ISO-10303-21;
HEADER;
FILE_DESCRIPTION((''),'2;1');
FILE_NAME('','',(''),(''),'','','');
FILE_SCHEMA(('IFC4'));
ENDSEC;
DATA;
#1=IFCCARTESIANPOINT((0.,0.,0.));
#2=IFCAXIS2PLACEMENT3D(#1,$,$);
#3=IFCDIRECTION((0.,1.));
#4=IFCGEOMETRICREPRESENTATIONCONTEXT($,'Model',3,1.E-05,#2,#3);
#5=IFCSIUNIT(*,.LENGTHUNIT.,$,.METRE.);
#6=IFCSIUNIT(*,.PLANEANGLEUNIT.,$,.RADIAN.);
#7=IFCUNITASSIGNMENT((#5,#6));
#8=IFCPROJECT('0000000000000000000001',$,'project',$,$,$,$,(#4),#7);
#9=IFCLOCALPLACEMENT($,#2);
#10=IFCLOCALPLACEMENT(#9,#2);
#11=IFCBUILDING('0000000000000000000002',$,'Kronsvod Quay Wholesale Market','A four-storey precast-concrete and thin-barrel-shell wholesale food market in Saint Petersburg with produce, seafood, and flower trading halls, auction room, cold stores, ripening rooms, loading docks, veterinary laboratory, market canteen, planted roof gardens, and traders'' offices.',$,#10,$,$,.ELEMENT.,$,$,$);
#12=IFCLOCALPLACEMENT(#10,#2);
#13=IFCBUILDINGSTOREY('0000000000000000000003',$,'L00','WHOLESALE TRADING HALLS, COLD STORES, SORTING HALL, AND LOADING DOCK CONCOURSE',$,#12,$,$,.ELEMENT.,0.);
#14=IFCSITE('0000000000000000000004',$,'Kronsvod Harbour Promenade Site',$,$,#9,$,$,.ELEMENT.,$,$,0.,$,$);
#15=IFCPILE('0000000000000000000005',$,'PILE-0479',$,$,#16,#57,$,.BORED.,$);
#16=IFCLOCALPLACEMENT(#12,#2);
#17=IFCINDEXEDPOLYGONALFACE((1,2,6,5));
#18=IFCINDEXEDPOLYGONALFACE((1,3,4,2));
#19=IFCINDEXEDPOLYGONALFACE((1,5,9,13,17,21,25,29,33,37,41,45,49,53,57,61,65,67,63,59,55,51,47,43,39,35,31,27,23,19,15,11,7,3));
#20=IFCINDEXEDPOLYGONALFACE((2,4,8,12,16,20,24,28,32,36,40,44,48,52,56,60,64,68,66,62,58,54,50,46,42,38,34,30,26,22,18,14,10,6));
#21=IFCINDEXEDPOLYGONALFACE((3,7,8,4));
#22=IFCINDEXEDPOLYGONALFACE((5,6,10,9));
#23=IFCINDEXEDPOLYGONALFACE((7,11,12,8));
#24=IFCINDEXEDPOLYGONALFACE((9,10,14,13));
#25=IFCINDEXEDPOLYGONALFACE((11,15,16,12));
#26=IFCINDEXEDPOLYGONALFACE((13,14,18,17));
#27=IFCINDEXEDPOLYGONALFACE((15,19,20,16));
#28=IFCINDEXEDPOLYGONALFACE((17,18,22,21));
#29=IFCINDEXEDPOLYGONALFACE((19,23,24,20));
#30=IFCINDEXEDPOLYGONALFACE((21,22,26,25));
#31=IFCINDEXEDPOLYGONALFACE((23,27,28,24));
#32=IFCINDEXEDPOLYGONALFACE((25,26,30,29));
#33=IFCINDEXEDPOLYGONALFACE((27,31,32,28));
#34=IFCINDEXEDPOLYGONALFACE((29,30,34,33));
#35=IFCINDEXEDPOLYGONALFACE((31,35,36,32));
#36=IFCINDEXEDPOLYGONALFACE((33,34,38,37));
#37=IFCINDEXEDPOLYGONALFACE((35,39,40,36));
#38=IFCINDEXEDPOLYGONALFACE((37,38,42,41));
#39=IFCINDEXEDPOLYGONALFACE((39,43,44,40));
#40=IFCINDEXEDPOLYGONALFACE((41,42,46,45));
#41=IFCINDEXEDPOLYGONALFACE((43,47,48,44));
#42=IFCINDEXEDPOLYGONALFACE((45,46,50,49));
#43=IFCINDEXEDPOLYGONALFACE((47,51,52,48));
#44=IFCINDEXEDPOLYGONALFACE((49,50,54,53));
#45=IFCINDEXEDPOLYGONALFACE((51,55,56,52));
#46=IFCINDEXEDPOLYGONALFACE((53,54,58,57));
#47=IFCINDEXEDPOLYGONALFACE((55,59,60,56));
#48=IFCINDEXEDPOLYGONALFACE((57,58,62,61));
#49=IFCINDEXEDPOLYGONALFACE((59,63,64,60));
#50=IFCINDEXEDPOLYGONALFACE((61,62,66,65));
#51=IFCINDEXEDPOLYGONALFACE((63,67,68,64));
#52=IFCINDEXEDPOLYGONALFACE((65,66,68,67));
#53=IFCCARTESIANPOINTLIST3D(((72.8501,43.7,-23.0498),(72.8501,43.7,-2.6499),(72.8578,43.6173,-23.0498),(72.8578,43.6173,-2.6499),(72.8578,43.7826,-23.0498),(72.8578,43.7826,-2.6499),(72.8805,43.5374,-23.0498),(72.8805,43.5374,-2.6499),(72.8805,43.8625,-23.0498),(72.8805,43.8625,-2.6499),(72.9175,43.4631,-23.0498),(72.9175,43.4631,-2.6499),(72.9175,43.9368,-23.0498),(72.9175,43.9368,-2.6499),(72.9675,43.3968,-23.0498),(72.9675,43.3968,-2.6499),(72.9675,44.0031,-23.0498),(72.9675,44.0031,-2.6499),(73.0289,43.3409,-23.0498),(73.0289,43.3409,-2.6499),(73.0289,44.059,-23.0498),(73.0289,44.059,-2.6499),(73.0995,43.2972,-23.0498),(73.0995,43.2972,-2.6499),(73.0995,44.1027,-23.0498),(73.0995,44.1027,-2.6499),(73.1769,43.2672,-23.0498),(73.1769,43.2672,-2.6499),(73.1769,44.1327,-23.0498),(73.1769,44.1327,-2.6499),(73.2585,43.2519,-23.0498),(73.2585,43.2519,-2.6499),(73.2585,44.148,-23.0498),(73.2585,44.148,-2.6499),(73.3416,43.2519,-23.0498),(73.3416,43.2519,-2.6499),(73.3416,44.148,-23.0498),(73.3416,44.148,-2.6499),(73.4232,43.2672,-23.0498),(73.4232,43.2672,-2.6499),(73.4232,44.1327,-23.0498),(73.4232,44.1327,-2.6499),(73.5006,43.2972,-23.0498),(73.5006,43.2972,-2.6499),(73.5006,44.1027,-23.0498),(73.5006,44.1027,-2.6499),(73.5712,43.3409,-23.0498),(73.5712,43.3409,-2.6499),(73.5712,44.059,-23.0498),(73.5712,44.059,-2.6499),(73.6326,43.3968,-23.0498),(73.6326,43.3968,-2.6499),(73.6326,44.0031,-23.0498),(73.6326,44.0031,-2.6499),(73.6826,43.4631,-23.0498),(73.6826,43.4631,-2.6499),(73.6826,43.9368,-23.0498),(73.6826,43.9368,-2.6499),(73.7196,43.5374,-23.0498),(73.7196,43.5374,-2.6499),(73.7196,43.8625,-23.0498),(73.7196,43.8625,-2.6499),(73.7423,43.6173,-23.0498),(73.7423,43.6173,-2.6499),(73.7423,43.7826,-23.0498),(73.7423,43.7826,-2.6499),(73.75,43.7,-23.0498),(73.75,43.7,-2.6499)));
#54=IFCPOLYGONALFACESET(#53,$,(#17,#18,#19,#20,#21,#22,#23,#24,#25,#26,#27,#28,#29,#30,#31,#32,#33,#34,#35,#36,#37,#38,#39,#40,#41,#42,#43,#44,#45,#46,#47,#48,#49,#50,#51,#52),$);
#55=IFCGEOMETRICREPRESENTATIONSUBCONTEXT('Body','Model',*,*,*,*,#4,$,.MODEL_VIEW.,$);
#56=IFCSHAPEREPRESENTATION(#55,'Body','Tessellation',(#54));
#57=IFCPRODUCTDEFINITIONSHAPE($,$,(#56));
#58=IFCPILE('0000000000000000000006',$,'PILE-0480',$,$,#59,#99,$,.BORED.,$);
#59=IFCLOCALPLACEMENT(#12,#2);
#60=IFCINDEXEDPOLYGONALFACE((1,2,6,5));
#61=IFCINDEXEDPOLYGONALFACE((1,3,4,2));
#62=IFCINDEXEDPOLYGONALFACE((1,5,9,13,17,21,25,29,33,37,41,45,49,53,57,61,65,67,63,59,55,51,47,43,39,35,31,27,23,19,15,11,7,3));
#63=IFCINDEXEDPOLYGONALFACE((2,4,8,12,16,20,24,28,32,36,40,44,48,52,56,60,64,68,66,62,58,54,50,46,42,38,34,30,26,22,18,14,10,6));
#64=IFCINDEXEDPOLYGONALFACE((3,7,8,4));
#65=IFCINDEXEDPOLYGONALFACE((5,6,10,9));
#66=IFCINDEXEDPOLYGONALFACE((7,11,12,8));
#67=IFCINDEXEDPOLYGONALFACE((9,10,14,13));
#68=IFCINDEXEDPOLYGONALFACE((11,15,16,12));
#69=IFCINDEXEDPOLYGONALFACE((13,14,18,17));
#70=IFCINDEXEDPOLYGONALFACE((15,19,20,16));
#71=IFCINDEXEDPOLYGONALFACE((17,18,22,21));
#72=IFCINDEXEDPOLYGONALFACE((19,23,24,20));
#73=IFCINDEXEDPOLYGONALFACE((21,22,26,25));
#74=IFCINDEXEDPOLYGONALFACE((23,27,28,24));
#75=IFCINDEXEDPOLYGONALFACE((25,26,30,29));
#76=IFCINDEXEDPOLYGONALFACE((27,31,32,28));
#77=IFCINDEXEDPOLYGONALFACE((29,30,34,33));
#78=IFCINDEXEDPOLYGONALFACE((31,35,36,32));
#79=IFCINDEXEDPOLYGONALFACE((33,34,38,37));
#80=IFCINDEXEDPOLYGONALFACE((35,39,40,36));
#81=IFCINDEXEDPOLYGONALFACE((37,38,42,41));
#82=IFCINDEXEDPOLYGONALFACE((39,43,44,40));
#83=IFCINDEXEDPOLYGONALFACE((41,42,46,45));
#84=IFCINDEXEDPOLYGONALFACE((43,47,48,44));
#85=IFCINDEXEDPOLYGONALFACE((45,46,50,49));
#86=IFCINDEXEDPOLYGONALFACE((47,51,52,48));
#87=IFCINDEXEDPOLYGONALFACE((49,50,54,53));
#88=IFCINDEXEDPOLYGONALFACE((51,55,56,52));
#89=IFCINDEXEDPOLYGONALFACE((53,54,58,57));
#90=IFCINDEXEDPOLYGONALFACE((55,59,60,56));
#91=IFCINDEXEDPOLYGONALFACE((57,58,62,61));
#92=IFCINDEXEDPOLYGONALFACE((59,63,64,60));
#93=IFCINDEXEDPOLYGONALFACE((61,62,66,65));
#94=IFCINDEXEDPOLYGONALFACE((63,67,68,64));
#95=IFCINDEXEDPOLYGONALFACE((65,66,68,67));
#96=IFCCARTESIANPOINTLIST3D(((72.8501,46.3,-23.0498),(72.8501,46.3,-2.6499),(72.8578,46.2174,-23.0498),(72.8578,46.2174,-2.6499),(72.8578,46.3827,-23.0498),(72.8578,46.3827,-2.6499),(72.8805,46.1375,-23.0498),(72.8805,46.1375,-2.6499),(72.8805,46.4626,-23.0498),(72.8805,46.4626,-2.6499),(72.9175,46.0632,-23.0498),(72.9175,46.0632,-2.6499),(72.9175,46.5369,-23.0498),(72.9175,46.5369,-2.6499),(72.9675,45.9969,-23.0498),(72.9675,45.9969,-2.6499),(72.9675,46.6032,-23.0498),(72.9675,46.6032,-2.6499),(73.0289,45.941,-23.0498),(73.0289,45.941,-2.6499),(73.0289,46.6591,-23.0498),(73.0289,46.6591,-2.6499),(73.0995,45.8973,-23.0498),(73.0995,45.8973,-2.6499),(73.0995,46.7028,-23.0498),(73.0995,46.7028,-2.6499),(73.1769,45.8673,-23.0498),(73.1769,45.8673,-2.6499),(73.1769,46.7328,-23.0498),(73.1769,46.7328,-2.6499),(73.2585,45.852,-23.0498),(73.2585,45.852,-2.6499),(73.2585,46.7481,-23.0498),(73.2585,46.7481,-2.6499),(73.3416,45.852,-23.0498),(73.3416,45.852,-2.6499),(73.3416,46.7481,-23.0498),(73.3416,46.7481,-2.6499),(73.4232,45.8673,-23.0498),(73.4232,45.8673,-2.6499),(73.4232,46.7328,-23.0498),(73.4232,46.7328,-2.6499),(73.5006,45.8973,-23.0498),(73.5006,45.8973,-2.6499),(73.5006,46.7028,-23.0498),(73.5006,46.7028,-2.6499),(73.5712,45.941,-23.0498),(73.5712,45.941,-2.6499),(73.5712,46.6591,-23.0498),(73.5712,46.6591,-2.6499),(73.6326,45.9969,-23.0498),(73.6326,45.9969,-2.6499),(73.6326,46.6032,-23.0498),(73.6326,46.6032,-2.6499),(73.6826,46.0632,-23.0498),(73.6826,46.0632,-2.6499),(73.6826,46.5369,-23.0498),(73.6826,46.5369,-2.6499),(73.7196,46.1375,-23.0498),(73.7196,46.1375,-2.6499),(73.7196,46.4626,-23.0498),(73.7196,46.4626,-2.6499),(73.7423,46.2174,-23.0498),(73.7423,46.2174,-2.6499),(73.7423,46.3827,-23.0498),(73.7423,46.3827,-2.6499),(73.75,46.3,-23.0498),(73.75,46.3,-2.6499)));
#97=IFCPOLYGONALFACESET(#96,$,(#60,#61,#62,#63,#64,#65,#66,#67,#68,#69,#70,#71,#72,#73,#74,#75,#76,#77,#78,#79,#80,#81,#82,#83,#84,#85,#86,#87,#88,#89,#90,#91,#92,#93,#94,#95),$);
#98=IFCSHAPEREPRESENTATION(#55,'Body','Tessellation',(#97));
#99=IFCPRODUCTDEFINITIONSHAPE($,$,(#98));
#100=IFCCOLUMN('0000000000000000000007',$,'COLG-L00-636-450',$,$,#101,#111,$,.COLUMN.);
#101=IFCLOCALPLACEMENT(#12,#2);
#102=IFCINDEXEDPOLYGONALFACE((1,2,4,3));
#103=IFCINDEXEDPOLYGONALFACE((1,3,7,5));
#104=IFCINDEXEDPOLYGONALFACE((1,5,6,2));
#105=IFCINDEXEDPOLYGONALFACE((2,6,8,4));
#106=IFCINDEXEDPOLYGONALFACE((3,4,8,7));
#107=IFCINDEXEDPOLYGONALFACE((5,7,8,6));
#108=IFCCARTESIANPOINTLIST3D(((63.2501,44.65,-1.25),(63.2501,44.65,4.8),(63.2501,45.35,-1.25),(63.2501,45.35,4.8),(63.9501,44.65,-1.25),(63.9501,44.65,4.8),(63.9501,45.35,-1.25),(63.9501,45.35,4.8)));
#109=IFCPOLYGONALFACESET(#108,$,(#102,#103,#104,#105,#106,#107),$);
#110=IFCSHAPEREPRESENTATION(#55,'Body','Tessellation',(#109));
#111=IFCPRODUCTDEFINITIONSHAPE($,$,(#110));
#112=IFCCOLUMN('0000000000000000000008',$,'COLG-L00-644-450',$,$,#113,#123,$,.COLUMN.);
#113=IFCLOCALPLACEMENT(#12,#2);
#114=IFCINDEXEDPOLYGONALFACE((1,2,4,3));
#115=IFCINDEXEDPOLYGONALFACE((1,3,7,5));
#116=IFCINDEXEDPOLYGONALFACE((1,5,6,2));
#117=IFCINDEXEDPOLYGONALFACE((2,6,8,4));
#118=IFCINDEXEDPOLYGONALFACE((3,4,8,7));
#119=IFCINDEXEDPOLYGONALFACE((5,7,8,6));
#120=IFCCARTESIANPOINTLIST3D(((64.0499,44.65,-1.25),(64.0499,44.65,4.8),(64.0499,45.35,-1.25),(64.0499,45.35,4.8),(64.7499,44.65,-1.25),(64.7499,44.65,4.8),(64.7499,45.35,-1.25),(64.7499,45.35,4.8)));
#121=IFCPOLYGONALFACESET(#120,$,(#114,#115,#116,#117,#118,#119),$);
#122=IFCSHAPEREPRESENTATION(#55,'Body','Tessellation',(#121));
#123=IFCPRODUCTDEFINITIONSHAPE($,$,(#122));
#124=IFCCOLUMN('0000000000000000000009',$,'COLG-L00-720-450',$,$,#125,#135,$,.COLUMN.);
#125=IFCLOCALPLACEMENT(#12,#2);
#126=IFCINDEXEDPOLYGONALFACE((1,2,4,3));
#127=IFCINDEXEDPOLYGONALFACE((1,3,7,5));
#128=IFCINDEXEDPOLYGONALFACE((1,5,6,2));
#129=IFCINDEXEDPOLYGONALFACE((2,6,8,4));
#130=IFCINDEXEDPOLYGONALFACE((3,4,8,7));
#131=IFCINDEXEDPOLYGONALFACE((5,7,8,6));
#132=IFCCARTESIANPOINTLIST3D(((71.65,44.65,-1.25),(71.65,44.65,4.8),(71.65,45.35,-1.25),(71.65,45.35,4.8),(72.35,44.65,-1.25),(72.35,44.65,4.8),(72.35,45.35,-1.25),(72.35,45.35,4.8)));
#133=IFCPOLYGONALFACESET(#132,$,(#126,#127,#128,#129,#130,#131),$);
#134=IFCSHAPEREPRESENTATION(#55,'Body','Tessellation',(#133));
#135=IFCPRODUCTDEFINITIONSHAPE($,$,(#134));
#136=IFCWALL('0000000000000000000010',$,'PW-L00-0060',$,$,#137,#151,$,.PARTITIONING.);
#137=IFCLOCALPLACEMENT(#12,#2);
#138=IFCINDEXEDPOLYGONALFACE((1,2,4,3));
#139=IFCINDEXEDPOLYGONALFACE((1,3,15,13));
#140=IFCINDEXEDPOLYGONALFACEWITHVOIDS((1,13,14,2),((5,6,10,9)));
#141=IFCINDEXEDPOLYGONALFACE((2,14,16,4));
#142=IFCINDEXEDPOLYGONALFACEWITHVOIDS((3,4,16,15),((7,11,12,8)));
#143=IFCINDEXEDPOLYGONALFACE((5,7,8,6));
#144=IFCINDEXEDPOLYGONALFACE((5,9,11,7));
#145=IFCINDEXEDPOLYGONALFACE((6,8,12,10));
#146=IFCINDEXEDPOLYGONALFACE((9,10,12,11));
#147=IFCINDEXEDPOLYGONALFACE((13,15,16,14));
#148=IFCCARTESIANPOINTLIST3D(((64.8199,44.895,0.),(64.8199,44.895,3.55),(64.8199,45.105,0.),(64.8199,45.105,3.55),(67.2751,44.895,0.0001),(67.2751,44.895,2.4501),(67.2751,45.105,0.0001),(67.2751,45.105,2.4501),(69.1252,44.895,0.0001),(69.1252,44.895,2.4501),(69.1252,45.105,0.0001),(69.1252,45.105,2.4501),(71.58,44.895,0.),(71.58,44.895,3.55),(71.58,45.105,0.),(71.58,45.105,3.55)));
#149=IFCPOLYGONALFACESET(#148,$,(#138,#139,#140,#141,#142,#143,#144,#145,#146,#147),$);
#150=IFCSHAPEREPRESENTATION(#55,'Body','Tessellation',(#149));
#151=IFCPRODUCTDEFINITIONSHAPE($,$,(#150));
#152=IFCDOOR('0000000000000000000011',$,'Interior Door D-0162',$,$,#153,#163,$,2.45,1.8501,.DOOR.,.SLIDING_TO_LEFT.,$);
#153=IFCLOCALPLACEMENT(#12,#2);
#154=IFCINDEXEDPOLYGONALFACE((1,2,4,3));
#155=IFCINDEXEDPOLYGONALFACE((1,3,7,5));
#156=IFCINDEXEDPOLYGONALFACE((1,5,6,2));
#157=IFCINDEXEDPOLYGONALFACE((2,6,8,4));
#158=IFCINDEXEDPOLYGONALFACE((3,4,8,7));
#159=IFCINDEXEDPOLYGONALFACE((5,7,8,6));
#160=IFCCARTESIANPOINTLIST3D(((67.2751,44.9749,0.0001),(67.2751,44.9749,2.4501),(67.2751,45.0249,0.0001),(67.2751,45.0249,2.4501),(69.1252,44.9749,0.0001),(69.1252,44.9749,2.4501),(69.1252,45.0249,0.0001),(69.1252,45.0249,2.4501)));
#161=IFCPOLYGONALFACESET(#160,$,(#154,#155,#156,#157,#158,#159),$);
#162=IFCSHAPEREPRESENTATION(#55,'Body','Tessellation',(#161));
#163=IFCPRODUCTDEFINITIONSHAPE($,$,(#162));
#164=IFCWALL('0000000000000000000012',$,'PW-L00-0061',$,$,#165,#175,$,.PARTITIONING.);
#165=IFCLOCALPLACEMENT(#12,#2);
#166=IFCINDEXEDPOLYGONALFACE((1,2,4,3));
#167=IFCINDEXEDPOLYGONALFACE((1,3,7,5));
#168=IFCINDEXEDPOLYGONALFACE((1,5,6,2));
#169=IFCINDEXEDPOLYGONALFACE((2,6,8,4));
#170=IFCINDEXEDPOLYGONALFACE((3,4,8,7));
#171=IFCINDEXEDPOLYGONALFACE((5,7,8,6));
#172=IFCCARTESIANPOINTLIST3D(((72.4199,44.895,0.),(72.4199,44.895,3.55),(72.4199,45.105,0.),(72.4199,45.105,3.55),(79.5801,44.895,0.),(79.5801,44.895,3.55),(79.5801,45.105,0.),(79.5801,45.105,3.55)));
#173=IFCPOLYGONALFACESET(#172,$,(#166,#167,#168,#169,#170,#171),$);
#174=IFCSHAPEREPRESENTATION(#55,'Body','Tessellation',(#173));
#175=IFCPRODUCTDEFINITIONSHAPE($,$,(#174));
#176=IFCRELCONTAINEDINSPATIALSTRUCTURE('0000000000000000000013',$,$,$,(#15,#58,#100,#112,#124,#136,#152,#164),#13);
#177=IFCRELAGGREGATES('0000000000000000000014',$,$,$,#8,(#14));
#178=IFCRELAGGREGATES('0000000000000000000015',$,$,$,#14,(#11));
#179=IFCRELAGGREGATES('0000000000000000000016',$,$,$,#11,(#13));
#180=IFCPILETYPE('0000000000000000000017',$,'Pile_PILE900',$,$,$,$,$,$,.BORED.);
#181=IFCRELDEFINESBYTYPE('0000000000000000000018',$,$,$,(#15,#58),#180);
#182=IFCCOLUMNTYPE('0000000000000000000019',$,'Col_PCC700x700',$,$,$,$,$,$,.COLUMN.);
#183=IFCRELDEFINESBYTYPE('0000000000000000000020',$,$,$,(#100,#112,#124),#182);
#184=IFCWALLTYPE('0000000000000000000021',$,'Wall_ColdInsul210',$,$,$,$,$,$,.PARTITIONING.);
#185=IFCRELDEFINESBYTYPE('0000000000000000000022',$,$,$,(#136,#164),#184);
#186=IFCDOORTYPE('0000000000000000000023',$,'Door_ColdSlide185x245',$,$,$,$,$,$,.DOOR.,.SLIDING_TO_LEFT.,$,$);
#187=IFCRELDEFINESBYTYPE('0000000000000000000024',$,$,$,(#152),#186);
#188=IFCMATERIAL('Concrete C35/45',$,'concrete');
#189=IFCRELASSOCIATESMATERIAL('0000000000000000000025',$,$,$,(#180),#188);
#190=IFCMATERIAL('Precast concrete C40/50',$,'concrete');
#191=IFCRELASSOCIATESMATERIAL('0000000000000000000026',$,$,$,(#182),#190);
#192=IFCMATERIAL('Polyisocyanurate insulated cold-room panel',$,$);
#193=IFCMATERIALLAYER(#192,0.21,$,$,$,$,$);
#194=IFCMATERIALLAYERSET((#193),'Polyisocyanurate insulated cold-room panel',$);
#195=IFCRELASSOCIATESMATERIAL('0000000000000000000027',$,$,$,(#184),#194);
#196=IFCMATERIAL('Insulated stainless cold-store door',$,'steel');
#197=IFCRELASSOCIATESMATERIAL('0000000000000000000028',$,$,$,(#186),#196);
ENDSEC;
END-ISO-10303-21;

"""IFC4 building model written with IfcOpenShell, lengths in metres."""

from ifc_helpers import new_model, si_unit, direction, frame, frame_2d, origin, origin_2d, place, context, subcontext, project, spatial, rectangle, circle, extrude, material, layer, layer_set, material_profile, profile_set, type_object, element, fill, save


model = new_model("IFC4")

# Units and contexts
model_context = context("Model", 3, precision=1e-05, world=origin(), true_north=direction((0.0, 1.0)))
body_context = subcontext(model_context, "Body", "Model", "MODEL_VIEW")
ifc_project = project(units=[si_unit("LENGTHUNIT", "METRE"), si_unit("PLANEANGLEUNIT", "RADIAN")], contexts=[model_context])

# Site, building, storey
site_placement = place(None, origin())
site = spatial("IfcSite", under=ifc_project, at=site_placement, Name="Kronsvod Harbour Promenade Site", CompositionType="ELEMENT", RefElevation=0.0)
building_placement = place(site_placement, origin())
building = spatial("IfcBuilding", under=site, at=building_placement, Name="Kronsvod Quay Wholesale Market", Description="A four-storey precast-concrete and thin-barrel-shell wholesale food market in Saint Petersburg with produce, seafood, and flower trading halls, auction room, cold stores, ripening rooms, loading docks, veterinary laboratory, market canteen, planted roof gardens, and traders' offices.", CompositionType="ELEMENT")
storey_placement = place(building_placement, origin())
storey = spatial("IfcBuildingStorey", under=building, at=storey_placement, Name="L00", Description="WHOLESALE TRADING HALLS, COLD STORES, SORTING HALL, AND LOADING DOCK CONCOURSE", CompositionType="ELEMENT", Elevation=0.0)

# Piles
ifc_material_1 = material(Name="Concrete C35/45", Category="concrete")
ifc_material_profile_1 = material_profile(ifc_material_1, circle(Radius=0.45, at=origin_2d()), Name="PILE900")
ifc_profile_set_1 = profile_set([ifc_material_profile_1], Name="Concrete C35/45")
pile_type = type_object("IfcPileType", Name="Pile_PILE900", PredefinedType="BORED", material=ifc_profile_set_1)
for number, where, z_axis, x_axis, name in (
    (1, (73.3, 43.7, -2.6499), (0.0, 0.0, -1.0), (1.0, 0.0, 0.0), "PILE-0479"),
    (2, (73.3, 46.3, -2.6499), (0.0, 0.0, -1.0), (1.0, 0.0, 0.0), "PILE-0480"),
):
    element("IfcPile", number, at=place(storey_placement, frame(where, z_axis=z_axis, x_axis=x_axis)), inside=storey, type_object=pile_type, Name=name, PredefinedType="BORED", context=body_context, shape_type="SweptSolid", body=[
        extrude(circle(Radius=0.45, at=origin_2d()), origin(), (0.0, 0.0, 1.0), 20.3999),
    ])

# Columns
ifc_material_2 = material(Name="Precast concrete C40/50", Category="concrete")
ifc_material_profile_2 = material_profile(ifc_material_2, rectangle(XDim=0.7, YDim=0.7, at=origin_2d()), Name="PCC700x700")
ifc_profile_set_2 = profile_set([ifc_material_profile_2], Name="Precast concrete C40/50")
column_type = type_object("IfcColumnType", Name="Col_PCC700x700", PredefinedType="COLUMN", material=ifc_profile_set_2)
for number, where, z_axis, x_axis, name in (
    (3, (63.6001, 45.0, -1.25), (0.0, 0.0, 1.0), (1.0, 0.0, 0.0), "COLG-L00-636-450"),
    (4, (64.3999, 45.0, -1.25), (0.0, 0.0, 1.0), (1.0, 0.0, 0.0), "COLG-L00-644-450"),
    (5, (72.0, 45.0, -1.25), (0.0, 0.0, 1.0), (1.0, 0.0, 0.0), "COLG-L00-720-450"),
):
    element("IfcColumn", number, at=place(storey_placement, frame(where, z_axis=z_axis, x_axis=x_axis)), inside=storey, type_object=column_type, Name=name, PredefinedType="COLUMN", context=body_context, shape_type="SweptSolid", body=[
        extrude(rectangle(XDim=0.7, YDim=0.7, at=origin_2d()), origin(), (0.0, 0.0, 1.0), 6.05),
    ])

# Wall, opening, door
ifc_material_3 = material(Name="Polyisocyanurate insulated cold-room panel")
ifc_layer_1 = layer(ifc_material_3, 0.21)
ifc_layer_set_1 = layer_set([ifc_layer_1], Name="Polyisocyanurate insulated cold-room panel")
wall_type_1 = type_object("IfcWallType", Name="Wall_ColdInsul210", PredefinedType="PARTITIONING", material=ifc_layer_set_1)
wall_1_placement = place(storey_placement, frame((64.8201, 45.0, 0.0), z_axis=(0.0, 0.0, 1.0), x_axis=(1.0, 0.0, 0.0)))
wall_1 = element("IfcWall", 6, at=wall_1_placement, inside=storey, type_object=wall_type_1, Name="PW-L00-0060", PredefinedType="PARTITIONING", context=body_context, shape_type="SweptSolid", body=[
    extrude(rectangle(XDim=6.76, YDim=0.21, at=frame_2d((3.3799, 0.0))), origin(), (0.0, 0.0, 1.0), 3.55),
])
opening_1_placement = place(wall_1_placement, frame((2.4551, 0.0, 0.0)))
opening_1 = element("IfcOpeningElement", 7, at=opening_1_placement, cuts=wall_1, PredefinedType="OPENING", context=body_context, shape_type="SweptSolid", body=[
    extrude(rectangle(XDim=1.8501, YDim=2.45, at=frame_2d((0.925, 1.2251))), frame((0.0, 0.115, 0.0), z_axis=(0.0, -1.0, 0.0), x_axis=(1.0, 0.0, 0.0)), (0.0, 0.0, 1.0), 0.23),
])
ifc_material_4 = material(Name="Insulated stainless cold-store door", Category="steel")
door_type_1 = type_object("IfcDoorType", Name="Door_ColdSlide185x245", OperationType="SLIDING_TO_LEFT", PredefinedType="DOOR", material=ifc_material_4)
door_1_placement = place(opening_1_placement, origin())
door_1 = element("IfcDoor", 8, at=door_1_placement, inside=storey, type_object=door_type_1, Name="Interior Door D-0162", OperationType="SLIDING_TO_LEFT", OverallHeight=2.45, OverallWidth=1.8501, PredefinedType="DOOR", context=body_context, shape_type="SweptSolid", body=[
    extrude(rectangle(XDim=1.8501, YDim=2.45, at=frame_2d((0.925, 1.2251))), frame((0.0, 0.0249, 0.0), z_axis=(0.0, -1.0, 0.0), x_axis=(1.0, 0.0, 0.0)), (0.0, 0.0, 1.0), 0.05),
])
fill(opening_1, door_1)

# Wall
wall_2_placement = place(storey_placement, frame((72.4199, 45.0, 0.0), z_axis=(0.0, 0.0, 1.0), x_axis=(1.0, 0.0, 0.0)))
element("IfcWall", 9, at=wall_2_placement, inside=storey, type_object=wall_type_1, Name="PW-L00-0061", PredefinedType="PARTITIONING", context=body_context, shape_type="SweptSolid", body=[
    extrude(rectangle(XDim=7.1602, YDim=0.21, at=frame_2d((3.5801, 0.0))), origin(), (0.0, 0.0, 1.0), 3.55),
])

save(model, "model.ifc")
